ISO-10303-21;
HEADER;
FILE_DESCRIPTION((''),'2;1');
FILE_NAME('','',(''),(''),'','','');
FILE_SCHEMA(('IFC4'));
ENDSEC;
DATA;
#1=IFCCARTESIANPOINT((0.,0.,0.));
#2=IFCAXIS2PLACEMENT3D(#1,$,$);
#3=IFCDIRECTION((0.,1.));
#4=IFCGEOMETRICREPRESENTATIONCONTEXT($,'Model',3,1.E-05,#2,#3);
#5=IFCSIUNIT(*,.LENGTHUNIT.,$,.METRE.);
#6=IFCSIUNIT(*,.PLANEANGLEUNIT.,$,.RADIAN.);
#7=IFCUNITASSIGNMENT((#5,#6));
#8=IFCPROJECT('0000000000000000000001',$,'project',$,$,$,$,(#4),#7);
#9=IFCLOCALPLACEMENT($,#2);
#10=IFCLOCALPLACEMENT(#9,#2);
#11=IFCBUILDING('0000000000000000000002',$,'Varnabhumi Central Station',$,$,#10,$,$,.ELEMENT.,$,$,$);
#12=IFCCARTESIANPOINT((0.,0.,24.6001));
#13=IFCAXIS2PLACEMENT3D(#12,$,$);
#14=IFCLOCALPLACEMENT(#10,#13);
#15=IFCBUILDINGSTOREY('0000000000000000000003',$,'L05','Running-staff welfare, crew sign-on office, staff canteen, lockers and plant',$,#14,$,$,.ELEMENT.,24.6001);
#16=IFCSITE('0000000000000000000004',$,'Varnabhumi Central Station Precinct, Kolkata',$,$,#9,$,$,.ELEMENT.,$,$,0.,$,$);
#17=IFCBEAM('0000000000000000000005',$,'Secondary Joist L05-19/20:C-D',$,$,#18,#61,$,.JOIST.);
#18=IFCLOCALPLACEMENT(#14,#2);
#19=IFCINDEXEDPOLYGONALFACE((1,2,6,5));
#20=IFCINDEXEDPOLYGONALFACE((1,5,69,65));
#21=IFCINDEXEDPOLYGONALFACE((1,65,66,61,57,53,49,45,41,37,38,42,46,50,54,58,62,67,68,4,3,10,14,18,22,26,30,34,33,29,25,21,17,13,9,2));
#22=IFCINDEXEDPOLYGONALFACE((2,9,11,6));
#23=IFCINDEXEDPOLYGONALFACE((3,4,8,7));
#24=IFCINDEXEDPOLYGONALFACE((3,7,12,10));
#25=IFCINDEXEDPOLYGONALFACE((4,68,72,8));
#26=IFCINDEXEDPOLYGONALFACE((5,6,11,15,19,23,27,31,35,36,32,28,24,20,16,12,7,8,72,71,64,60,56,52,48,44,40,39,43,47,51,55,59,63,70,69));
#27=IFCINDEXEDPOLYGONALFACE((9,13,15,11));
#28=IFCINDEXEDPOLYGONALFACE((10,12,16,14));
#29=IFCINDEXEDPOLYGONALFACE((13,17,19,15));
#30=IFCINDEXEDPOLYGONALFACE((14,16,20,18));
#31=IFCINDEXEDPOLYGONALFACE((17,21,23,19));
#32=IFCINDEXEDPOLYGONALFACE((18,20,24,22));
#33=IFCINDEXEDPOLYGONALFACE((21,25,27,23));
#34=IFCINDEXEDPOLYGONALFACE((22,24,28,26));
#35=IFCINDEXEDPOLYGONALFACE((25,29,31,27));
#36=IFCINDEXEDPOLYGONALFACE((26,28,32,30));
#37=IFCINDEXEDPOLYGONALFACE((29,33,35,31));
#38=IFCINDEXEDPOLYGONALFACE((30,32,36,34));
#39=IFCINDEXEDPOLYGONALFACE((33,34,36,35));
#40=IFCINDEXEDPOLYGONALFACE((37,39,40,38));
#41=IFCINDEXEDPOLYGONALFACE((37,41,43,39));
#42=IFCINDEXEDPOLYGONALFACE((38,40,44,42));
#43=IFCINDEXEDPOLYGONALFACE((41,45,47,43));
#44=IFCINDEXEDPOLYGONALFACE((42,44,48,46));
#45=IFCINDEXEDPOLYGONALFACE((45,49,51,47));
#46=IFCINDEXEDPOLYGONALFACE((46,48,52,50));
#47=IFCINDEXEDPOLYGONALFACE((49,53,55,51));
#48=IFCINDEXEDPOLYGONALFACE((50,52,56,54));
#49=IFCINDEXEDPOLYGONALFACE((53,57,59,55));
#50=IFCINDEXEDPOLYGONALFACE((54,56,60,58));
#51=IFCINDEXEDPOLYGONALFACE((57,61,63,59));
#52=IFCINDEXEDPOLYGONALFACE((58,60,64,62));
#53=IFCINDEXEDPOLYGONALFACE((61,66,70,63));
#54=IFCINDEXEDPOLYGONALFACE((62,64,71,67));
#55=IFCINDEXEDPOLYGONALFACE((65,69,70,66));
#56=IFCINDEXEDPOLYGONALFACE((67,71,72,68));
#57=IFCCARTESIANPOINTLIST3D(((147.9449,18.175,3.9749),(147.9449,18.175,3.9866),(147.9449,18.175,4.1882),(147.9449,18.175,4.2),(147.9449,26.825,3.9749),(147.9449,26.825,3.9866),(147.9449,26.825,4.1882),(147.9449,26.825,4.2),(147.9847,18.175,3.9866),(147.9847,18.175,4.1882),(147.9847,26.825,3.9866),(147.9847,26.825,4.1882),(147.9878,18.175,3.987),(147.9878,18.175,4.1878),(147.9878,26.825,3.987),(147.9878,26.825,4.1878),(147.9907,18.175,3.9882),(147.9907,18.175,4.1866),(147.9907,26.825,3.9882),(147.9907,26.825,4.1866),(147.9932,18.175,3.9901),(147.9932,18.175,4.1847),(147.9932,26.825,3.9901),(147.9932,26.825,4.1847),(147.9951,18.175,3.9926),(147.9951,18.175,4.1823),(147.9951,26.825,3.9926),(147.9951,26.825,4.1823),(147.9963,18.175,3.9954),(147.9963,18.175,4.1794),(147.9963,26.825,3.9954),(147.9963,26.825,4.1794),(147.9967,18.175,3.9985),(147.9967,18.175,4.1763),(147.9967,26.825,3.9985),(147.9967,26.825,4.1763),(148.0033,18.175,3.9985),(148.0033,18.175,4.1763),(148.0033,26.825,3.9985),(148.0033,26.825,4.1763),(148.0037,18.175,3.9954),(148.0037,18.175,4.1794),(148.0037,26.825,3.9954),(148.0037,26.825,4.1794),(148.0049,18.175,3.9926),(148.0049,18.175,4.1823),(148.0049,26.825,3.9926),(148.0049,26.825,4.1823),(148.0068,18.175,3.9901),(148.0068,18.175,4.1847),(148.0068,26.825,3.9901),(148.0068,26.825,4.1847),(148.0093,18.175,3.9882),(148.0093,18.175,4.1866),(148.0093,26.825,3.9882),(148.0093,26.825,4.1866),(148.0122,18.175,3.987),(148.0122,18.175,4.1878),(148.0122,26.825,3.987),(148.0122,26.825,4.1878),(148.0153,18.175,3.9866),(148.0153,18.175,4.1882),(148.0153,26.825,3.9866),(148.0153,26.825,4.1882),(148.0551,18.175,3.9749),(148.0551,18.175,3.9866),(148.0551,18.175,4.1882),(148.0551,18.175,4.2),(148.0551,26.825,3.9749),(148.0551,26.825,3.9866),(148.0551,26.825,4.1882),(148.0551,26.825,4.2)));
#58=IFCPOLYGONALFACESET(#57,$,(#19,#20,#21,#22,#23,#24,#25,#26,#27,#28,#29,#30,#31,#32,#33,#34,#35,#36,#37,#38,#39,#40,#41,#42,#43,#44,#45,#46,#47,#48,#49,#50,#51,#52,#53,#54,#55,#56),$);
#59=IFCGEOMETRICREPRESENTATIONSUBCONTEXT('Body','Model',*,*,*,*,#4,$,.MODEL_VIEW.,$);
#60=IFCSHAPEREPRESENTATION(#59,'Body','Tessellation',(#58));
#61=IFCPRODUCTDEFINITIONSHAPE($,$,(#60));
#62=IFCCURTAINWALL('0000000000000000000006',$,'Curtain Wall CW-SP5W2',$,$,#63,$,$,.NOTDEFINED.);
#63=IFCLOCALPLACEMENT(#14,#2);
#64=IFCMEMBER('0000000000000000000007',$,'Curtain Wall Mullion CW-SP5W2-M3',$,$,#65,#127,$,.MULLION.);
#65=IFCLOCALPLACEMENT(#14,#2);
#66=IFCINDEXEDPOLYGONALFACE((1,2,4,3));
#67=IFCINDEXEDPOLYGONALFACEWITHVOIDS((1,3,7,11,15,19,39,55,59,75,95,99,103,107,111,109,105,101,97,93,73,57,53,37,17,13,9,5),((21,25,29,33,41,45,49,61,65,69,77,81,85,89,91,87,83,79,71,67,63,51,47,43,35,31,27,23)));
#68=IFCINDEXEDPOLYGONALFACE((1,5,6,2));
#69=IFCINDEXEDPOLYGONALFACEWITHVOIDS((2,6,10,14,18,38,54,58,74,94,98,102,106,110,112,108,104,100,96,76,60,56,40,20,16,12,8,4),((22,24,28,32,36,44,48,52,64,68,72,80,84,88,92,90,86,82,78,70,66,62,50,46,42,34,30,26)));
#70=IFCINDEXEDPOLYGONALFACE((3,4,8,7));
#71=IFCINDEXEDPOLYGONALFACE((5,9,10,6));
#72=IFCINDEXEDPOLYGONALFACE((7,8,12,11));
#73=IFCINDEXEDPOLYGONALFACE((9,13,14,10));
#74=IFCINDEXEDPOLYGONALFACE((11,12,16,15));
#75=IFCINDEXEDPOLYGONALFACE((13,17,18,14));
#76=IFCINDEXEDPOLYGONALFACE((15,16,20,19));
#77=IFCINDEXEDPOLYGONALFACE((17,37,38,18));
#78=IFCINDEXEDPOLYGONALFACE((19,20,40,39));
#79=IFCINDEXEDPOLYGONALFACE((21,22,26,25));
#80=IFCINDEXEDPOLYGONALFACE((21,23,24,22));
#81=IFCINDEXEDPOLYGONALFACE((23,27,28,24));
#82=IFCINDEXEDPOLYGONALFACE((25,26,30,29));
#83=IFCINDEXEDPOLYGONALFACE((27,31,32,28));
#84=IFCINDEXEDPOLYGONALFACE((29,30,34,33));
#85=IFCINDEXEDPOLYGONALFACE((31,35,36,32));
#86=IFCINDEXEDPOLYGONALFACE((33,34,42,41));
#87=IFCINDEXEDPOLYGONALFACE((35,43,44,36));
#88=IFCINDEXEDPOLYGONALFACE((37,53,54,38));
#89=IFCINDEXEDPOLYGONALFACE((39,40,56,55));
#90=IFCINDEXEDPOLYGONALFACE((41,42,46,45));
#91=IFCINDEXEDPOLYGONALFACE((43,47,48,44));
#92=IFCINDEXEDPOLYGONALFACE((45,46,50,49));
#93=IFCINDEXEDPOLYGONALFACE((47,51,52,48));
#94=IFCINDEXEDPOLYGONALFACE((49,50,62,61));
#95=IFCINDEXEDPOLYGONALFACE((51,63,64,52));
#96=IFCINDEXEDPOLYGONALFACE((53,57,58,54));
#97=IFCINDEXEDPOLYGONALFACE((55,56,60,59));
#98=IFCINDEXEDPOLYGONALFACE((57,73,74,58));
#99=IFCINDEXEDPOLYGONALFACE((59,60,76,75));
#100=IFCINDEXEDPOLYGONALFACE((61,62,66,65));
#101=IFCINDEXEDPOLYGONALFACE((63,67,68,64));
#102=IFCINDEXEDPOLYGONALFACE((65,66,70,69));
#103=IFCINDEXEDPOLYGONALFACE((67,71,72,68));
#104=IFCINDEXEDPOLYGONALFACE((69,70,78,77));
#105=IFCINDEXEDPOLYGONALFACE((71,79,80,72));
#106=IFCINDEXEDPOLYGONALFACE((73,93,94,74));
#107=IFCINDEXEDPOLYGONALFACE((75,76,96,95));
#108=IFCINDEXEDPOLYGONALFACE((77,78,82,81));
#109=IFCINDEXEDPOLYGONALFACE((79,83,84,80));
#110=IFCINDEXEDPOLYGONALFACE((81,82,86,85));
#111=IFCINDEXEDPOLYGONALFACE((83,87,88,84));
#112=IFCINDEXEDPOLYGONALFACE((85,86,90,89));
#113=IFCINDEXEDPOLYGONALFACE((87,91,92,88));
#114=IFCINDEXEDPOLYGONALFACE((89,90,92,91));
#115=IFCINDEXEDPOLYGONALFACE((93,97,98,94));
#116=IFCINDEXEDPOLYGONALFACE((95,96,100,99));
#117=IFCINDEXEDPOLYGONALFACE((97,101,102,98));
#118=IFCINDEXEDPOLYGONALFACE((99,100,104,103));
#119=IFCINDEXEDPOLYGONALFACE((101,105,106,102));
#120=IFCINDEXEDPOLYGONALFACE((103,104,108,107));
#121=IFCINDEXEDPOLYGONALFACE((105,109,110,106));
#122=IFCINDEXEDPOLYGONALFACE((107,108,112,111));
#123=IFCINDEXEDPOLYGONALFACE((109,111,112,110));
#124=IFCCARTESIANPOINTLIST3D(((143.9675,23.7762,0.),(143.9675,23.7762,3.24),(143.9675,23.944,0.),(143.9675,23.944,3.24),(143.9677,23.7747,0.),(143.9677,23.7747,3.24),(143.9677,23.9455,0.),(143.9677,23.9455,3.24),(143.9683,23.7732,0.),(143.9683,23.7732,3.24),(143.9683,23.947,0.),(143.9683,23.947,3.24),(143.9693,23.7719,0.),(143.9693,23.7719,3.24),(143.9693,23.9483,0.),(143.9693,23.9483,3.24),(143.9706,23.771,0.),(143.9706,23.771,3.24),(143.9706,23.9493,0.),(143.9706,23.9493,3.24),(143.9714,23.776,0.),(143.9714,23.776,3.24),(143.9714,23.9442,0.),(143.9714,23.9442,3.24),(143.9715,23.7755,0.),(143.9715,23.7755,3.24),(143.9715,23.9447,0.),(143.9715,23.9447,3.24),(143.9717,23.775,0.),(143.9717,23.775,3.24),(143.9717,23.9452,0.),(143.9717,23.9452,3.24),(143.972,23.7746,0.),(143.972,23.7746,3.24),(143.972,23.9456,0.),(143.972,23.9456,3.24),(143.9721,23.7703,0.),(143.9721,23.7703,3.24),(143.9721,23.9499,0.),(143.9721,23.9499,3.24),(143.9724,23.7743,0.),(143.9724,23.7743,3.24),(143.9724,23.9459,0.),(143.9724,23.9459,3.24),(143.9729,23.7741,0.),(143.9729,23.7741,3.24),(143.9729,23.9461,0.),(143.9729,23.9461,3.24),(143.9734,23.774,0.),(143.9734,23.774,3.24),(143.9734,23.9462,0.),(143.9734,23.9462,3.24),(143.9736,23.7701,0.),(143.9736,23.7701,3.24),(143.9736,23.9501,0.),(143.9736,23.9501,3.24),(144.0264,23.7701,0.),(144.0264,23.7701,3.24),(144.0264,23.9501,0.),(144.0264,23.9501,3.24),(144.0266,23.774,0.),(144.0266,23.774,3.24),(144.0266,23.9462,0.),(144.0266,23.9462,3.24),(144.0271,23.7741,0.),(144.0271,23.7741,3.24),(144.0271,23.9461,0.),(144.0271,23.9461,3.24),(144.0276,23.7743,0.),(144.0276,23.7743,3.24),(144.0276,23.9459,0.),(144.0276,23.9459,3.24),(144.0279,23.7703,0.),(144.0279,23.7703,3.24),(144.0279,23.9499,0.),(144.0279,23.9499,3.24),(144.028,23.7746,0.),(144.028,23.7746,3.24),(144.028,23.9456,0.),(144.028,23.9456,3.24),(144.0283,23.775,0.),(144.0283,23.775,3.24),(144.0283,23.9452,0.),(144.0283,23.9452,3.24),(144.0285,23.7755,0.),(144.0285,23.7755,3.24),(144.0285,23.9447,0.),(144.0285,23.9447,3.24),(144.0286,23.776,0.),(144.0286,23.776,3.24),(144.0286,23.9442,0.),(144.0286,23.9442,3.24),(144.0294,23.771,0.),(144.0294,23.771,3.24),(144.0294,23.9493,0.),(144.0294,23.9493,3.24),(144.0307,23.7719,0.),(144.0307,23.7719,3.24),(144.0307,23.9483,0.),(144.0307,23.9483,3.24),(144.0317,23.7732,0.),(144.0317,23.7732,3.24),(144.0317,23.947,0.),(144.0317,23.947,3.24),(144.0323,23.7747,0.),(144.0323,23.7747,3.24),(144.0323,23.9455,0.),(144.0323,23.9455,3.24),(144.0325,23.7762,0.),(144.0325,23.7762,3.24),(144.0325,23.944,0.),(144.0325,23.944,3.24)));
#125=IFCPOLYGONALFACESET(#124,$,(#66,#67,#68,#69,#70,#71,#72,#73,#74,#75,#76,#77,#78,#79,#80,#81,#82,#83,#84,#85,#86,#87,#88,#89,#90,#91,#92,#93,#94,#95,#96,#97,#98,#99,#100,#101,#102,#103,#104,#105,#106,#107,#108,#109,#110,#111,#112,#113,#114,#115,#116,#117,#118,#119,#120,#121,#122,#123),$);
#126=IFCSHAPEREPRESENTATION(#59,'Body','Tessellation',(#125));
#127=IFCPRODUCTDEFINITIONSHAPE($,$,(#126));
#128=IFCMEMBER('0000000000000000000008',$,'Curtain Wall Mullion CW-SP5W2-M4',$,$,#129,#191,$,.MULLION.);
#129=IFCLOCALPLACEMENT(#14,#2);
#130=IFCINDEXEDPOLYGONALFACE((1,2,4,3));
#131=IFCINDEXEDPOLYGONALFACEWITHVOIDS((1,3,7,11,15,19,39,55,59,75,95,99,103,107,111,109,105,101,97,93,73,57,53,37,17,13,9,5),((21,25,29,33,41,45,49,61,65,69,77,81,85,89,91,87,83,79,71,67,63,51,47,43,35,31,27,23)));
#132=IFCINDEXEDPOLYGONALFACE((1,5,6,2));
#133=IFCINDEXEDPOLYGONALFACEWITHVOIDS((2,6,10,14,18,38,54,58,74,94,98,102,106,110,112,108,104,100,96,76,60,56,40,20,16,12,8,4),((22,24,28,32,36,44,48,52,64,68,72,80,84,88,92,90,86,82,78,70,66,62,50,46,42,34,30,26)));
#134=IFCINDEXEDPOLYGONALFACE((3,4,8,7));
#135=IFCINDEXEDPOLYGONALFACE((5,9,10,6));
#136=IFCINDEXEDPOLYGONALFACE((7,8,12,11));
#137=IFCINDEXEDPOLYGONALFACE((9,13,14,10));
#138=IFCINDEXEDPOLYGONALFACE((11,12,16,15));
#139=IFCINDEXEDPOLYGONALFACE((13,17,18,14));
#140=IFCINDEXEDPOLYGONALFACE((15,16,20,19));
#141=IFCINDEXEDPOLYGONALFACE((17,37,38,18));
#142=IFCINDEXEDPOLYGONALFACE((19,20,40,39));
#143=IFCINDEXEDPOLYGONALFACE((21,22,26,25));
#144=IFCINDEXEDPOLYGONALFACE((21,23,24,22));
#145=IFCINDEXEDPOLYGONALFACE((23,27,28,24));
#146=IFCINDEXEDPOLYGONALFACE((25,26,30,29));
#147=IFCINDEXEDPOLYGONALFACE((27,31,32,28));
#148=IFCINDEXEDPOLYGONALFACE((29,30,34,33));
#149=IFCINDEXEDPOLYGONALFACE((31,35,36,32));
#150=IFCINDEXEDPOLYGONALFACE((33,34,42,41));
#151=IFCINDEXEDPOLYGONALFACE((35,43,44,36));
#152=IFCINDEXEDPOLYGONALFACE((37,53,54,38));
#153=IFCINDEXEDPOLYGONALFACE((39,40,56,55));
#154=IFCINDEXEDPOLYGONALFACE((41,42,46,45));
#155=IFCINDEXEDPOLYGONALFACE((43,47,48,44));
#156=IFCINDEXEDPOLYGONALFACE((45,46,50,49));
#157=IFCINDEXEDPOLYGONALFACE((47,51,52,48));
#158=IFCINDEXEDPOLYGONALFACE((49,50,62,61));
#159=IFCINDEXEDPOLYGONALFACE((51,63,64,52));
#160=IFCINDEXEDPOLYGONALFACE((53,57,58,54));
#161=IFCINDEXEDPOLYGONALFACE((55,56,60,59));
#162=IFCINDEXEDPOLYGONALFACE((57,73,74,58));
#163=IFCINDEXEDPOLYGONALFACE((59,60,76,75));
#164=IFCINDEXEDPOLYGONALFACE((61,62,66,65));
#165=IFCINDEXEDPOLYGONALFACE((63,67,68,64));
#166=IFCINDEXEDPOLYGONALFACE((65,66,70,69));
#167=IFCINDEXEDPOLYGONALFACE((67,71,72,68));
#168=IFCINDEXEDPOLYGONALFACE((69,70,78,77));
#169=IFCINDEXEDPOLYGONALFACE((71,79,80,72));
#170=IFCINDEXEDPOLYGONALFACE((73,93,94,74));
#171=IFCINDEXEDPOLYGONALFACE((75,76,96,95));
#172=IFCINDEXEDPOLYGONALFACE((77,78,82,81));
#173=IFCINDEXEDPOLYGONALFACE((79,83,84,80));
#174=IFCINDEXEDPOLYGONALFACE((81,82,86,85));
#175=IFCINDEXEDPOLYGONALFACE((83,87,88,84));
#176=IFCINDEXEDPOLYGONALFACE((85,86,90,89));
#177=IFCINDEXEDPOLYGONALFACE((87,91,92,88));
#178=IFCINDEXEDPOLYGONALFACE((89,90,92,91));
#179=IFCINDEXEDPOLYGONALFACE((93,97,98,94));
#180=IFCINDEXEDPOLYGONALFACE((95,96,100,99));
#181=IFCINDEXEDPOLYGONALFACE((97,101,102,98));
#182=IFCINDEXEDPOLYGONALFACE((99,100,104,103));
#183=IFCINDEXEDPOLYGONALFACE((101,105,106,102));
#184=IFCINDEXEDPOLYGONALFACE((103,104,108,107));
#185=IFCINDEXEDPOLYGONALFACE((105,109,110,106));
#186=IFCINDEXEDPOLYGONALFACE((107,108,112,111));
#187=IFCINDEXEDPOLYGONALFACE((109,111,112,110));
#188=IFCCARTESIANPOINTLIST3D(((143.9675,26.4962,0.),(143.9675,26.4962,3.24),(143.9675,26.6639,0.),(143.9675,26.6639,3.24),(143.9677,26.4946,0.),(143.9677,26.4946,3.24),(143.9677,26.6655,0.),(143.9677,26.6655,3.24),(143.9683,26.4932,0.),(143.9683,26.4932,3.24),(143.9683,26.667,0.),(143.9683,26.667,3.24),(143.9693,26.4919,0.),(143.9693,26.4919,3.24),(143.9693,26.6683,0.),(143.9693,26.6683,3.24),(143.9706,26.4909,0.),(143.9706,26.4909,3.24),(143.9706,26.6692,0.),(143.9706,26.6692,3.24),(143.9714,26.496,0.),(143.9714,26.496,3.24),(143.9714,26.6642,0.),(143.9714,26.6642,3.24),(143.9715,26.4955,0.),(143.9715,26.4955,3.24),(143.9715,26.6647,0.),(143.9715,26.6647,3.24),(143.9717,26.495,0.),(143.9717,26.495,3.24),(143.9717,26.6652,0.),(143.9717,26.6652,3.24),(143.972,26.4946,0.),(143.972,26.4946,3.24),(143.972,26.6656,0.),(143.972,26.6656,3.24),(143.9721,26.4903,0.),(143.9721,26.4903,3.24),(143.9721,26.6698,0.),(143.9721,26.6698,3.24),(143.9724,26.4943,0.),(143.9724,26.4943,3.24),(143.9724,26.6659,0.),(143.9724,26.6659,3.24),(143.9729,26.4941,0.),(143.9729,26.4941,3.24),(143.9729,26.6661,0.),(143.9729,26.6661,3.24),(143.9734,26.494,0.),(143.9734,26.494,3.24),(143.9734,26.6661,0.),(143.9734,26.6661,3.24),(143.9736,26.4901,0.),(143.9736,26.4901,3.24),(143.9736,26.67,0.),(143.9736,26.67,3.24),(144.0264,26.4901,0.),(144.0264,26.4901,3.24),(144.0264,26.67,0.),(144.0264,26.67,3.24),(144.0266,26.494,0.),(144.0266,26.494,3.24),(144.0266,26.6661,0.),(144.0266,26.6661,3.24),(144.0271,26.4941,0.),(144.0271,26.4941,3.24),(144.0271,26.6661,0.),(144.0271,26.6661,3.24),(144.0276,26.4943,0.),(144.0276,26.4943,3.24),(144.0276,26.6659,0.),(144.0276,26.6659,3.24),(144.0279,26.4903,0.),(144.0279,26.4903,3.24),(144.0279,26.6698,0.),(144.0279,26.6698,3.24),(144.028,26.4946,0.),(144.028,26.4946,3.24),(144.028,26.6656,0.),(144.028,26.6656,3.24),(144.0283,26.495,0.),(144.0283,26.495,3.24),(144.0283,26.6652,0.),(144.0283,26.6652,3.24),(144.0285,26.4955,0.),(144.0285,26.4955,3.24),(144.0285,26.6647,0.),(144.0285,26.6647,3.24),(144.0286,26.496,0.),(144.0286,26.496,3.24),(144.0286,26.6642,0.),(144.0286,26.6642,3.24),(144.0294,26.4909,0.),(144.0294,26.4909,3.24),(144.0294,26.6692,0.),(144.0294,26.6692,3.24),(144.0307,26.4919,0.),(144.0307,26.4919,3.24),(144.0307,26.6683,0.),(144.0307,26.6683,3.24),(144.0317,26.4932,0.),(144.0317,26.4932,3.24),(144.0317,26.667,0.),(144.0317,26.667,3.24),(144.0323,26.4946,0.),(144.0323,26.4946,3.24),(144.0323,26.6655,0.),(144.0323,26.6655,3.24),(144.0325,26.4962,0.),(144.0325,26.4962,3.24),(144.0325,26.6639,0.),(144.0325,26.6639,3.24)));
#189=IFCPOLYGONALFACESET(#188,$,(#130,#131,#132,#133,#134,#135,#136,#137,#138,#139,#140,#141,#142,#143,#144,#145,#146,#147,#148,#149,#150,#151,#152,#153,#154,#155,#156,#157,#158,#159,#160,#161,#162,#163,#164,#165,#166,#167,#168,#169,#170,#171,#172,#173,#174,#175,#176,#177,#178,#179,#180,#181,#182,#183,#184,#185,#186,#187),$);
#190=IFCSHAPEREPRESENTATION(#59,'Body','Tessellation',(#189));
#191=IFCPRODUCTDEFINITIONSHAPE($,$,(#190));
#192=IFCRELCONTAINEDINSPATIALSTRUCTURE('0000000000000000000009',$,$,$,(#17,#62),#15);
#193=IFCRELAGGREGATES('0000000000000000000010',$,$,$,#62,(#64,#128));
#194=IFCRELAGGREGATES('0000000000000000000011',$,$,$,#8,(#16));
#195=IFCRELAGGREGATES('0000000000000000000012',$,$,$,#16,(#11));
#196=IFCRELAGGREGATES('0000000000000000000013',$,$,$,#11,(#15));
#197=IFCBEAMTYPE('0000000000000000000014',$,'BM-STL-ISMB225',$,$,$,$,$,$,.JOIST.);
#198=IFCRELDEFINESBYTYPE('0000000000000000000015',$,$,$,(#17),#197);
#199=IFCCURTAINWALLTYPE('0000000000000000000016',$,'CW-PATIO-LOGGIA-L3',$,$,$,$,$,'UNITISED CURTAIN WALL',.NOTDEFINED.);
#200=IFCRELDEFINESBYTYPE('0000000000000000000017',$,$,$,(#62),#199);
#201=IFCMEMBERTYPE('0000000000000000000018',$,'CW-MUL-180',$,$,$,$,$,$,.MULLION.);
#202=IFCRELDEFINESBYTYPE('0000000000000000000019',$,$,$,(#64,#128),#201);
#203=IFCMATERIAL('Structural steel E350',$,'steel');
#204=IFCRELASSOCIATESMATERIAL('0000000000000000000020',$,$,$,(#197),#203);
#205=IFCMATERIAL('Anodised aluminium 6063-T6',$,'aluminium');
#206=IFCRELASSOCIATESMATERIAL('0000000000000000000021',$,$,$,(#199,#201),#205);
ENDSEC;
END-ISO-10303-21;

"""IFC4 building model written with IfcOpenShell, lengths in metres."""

from ifc_helpers import new_model, si_unit, direction, frame, origin, origin_2d, place, context, subcontext, project, spatial, hollow_rectangle, i_section, extrude, material, material_profile, profile_set, type_object, element, aggregate, save


model = new_model("IFC4")

# Units and contexts
model_context = context("Model", 3, precision=1e-05, world=origin(), true_north=direction((0.0, 1.0)))
body_context = subcontext(model_context, "Body", "Model", "MODEL_VIEW")
ifc_project = project(units=[si_unit("LENGTHUNIT", "METRE"), si_unit("PLANEANGLEUNIT", "RADIAN")], contexts=[model_context])

# Site, building, storey
site_placement = place(None, origin())
site = spatial("IfcSite", under=ifc_project, at=site_placement, Name="Varnabhumi Central Station Precinct, Kolkata", CompositionType="ELEMENT", RefElevation=0.0)
building_placement = place(site_placement, origin())
building = spatial("IfcBuilding", under=site, at=building_placement, Name="Varnabhumi Central Station", CompositionType="ELEMENT")
storey_placement = place(building_placement, frame((0.0, 0.0, 24.6001)))
storey = spatial("IfcBuildingStorey", under=building, at=storey_placement, Name="L05", Description="Running-staff welfare, crew sign-on office, staff canteen, lockers and plant", CompositionType="ELEMENT", Elevation=24.6001)

# Shared definitions
ifc_material_1 = material(Name="Structural steel E350", Category="steel")

# Beam
ifc_material_profile_1 = material_profile(ifc_material_1, i_section(OverallWidth=0.1101, OverallDepth=0.2251, WebThickness=0.0066, FlangeThickness=0.0117, FilletRadius=0.012, at=origin_2d()), Name="Structural steel E350", Category="steel")
ifc_profile_set_1 = profile_set([ifc_material_profile_1], Name="Structural steel E350")
beam_type_1 = type_object("IfcBeamType", Name="BM-STL-ISMB225", PredefinedType="JOIST", material=ifc_profile_set_1)
for number, where, z_axis, x_axis, name in (
    (1, (148.0, 18.175, 4.0874), (0.0, 1.0, 0.0), (-1.0, 0.0, 0.0), "Secondary Joist L05-19/20:C-D"),
):
    element("IfcBeam", number, at=place(storey_placement, frame(where, z_axis=z_axis, x_axis=x_axis)), inside=storey, type_object=beam_type_1, Name=name, PredefinedType="JOIST", context=body_context, shape_type="SweptSolid", body=[
        extrude(i_section(OverallWidth=0.1101, OverallDepth=0.2251, WebThickness=0.0066, FlangeThickness=0.0117, FilletRadius=0.012, at=origin_2d()), origin(), (0.0, 0.0, 1.0), 8.6499),
    ])

# Curtain wall, members
ifc_material_2 = material(Name="Anodised aluminium 6063-T6", Category="aluminium")
curtain_wall_type = type_object("IfcCurtainWallType", Name="CW-PATIO-LOGGIA-L3", ElementType="UNITISED CURTAIN WALL", PredefinedType="NOTDEFINED", material=ifc_material_2)
curtain_wall_placement = place(storey_placement, origin())
curtain_wall = element("IfcCurtainWall", 2, at=curtain_wall_placement, inside=storey, type_object=curtain_wall_type, Name="Curtain Wall CW-SP5W2", PredefinedType="NOTDEFINED")
ifc_material_profile_2 = material_profile(ifc_material_2, hollow_rectangle(XDim=0.0649, YDim=0.1799, WallThickness=0.0039, InnerFilletRadius=0.002, OuterFilletRadius=0.0061, at=origin_2d()), Name="Anodised aluminium 6063-T6", Category="aluminium")
ifc_profile_set_2 = profile_set([ifc_material_profile_2], Name="Anodised aluminium 6063-T6")
member_type_1 = type_object("IfcMemberType", Name="CW-MUL-180", PredefinedType="MULLION", material=ifc_profile_set_2)
member_1_placement = place(storey_placement, frame((144.0, 23.8601, 0.0), z_axis=(0.0, 0.0, 1.0), x_axis=(1.0, 0.0, 0.0)))
member_1 = element("IfcMember", 3, at=member_1_placement, type_object=member_type_1, Name="Curtain Wall Mullion CW-SP5W2-M3", PredefinedType="MULLION", context=body_context, shape_type="SweptSolid", body=[
    extrude(hollow_rectangle(XDim=0.0649, YDim=0.1799, WallThickness=0.0039, InnerFilletRadius=0.002, OuterFilletRadius=0.0061, at=origin_2d()), origin(), (0.0, 0.0, 1.0), 3.24),
])
member_2_placement = place(storey_placement, frame((144.0, 26.5801, 0.0), z_axis=(0.0, 0.0, 1.0), x_axis=(1.0, 0.0, 0.0)))
member_2 = element("IfcMember", 4, at=member_2_placement, type_object=member_type_1, Name="Curtain Wall Mullion CW-SP5W2-M4", PredefinedType="MULLION", context=body_context, shape_type="SweptSolid", body=[
    extrude(hollow_rectangle(XDim=0.0649, YDim=0.1799, WallThickness=0.0039, InnerFilletRadius=0.002, OuterFilletRadius=0.0061, at=origin_2d()), origin(), (0.0, 0.0, 1.0), 3.24),
])

aggregate(curtain_wall, [member_1, member_2])

save(model, "model.ifc")
